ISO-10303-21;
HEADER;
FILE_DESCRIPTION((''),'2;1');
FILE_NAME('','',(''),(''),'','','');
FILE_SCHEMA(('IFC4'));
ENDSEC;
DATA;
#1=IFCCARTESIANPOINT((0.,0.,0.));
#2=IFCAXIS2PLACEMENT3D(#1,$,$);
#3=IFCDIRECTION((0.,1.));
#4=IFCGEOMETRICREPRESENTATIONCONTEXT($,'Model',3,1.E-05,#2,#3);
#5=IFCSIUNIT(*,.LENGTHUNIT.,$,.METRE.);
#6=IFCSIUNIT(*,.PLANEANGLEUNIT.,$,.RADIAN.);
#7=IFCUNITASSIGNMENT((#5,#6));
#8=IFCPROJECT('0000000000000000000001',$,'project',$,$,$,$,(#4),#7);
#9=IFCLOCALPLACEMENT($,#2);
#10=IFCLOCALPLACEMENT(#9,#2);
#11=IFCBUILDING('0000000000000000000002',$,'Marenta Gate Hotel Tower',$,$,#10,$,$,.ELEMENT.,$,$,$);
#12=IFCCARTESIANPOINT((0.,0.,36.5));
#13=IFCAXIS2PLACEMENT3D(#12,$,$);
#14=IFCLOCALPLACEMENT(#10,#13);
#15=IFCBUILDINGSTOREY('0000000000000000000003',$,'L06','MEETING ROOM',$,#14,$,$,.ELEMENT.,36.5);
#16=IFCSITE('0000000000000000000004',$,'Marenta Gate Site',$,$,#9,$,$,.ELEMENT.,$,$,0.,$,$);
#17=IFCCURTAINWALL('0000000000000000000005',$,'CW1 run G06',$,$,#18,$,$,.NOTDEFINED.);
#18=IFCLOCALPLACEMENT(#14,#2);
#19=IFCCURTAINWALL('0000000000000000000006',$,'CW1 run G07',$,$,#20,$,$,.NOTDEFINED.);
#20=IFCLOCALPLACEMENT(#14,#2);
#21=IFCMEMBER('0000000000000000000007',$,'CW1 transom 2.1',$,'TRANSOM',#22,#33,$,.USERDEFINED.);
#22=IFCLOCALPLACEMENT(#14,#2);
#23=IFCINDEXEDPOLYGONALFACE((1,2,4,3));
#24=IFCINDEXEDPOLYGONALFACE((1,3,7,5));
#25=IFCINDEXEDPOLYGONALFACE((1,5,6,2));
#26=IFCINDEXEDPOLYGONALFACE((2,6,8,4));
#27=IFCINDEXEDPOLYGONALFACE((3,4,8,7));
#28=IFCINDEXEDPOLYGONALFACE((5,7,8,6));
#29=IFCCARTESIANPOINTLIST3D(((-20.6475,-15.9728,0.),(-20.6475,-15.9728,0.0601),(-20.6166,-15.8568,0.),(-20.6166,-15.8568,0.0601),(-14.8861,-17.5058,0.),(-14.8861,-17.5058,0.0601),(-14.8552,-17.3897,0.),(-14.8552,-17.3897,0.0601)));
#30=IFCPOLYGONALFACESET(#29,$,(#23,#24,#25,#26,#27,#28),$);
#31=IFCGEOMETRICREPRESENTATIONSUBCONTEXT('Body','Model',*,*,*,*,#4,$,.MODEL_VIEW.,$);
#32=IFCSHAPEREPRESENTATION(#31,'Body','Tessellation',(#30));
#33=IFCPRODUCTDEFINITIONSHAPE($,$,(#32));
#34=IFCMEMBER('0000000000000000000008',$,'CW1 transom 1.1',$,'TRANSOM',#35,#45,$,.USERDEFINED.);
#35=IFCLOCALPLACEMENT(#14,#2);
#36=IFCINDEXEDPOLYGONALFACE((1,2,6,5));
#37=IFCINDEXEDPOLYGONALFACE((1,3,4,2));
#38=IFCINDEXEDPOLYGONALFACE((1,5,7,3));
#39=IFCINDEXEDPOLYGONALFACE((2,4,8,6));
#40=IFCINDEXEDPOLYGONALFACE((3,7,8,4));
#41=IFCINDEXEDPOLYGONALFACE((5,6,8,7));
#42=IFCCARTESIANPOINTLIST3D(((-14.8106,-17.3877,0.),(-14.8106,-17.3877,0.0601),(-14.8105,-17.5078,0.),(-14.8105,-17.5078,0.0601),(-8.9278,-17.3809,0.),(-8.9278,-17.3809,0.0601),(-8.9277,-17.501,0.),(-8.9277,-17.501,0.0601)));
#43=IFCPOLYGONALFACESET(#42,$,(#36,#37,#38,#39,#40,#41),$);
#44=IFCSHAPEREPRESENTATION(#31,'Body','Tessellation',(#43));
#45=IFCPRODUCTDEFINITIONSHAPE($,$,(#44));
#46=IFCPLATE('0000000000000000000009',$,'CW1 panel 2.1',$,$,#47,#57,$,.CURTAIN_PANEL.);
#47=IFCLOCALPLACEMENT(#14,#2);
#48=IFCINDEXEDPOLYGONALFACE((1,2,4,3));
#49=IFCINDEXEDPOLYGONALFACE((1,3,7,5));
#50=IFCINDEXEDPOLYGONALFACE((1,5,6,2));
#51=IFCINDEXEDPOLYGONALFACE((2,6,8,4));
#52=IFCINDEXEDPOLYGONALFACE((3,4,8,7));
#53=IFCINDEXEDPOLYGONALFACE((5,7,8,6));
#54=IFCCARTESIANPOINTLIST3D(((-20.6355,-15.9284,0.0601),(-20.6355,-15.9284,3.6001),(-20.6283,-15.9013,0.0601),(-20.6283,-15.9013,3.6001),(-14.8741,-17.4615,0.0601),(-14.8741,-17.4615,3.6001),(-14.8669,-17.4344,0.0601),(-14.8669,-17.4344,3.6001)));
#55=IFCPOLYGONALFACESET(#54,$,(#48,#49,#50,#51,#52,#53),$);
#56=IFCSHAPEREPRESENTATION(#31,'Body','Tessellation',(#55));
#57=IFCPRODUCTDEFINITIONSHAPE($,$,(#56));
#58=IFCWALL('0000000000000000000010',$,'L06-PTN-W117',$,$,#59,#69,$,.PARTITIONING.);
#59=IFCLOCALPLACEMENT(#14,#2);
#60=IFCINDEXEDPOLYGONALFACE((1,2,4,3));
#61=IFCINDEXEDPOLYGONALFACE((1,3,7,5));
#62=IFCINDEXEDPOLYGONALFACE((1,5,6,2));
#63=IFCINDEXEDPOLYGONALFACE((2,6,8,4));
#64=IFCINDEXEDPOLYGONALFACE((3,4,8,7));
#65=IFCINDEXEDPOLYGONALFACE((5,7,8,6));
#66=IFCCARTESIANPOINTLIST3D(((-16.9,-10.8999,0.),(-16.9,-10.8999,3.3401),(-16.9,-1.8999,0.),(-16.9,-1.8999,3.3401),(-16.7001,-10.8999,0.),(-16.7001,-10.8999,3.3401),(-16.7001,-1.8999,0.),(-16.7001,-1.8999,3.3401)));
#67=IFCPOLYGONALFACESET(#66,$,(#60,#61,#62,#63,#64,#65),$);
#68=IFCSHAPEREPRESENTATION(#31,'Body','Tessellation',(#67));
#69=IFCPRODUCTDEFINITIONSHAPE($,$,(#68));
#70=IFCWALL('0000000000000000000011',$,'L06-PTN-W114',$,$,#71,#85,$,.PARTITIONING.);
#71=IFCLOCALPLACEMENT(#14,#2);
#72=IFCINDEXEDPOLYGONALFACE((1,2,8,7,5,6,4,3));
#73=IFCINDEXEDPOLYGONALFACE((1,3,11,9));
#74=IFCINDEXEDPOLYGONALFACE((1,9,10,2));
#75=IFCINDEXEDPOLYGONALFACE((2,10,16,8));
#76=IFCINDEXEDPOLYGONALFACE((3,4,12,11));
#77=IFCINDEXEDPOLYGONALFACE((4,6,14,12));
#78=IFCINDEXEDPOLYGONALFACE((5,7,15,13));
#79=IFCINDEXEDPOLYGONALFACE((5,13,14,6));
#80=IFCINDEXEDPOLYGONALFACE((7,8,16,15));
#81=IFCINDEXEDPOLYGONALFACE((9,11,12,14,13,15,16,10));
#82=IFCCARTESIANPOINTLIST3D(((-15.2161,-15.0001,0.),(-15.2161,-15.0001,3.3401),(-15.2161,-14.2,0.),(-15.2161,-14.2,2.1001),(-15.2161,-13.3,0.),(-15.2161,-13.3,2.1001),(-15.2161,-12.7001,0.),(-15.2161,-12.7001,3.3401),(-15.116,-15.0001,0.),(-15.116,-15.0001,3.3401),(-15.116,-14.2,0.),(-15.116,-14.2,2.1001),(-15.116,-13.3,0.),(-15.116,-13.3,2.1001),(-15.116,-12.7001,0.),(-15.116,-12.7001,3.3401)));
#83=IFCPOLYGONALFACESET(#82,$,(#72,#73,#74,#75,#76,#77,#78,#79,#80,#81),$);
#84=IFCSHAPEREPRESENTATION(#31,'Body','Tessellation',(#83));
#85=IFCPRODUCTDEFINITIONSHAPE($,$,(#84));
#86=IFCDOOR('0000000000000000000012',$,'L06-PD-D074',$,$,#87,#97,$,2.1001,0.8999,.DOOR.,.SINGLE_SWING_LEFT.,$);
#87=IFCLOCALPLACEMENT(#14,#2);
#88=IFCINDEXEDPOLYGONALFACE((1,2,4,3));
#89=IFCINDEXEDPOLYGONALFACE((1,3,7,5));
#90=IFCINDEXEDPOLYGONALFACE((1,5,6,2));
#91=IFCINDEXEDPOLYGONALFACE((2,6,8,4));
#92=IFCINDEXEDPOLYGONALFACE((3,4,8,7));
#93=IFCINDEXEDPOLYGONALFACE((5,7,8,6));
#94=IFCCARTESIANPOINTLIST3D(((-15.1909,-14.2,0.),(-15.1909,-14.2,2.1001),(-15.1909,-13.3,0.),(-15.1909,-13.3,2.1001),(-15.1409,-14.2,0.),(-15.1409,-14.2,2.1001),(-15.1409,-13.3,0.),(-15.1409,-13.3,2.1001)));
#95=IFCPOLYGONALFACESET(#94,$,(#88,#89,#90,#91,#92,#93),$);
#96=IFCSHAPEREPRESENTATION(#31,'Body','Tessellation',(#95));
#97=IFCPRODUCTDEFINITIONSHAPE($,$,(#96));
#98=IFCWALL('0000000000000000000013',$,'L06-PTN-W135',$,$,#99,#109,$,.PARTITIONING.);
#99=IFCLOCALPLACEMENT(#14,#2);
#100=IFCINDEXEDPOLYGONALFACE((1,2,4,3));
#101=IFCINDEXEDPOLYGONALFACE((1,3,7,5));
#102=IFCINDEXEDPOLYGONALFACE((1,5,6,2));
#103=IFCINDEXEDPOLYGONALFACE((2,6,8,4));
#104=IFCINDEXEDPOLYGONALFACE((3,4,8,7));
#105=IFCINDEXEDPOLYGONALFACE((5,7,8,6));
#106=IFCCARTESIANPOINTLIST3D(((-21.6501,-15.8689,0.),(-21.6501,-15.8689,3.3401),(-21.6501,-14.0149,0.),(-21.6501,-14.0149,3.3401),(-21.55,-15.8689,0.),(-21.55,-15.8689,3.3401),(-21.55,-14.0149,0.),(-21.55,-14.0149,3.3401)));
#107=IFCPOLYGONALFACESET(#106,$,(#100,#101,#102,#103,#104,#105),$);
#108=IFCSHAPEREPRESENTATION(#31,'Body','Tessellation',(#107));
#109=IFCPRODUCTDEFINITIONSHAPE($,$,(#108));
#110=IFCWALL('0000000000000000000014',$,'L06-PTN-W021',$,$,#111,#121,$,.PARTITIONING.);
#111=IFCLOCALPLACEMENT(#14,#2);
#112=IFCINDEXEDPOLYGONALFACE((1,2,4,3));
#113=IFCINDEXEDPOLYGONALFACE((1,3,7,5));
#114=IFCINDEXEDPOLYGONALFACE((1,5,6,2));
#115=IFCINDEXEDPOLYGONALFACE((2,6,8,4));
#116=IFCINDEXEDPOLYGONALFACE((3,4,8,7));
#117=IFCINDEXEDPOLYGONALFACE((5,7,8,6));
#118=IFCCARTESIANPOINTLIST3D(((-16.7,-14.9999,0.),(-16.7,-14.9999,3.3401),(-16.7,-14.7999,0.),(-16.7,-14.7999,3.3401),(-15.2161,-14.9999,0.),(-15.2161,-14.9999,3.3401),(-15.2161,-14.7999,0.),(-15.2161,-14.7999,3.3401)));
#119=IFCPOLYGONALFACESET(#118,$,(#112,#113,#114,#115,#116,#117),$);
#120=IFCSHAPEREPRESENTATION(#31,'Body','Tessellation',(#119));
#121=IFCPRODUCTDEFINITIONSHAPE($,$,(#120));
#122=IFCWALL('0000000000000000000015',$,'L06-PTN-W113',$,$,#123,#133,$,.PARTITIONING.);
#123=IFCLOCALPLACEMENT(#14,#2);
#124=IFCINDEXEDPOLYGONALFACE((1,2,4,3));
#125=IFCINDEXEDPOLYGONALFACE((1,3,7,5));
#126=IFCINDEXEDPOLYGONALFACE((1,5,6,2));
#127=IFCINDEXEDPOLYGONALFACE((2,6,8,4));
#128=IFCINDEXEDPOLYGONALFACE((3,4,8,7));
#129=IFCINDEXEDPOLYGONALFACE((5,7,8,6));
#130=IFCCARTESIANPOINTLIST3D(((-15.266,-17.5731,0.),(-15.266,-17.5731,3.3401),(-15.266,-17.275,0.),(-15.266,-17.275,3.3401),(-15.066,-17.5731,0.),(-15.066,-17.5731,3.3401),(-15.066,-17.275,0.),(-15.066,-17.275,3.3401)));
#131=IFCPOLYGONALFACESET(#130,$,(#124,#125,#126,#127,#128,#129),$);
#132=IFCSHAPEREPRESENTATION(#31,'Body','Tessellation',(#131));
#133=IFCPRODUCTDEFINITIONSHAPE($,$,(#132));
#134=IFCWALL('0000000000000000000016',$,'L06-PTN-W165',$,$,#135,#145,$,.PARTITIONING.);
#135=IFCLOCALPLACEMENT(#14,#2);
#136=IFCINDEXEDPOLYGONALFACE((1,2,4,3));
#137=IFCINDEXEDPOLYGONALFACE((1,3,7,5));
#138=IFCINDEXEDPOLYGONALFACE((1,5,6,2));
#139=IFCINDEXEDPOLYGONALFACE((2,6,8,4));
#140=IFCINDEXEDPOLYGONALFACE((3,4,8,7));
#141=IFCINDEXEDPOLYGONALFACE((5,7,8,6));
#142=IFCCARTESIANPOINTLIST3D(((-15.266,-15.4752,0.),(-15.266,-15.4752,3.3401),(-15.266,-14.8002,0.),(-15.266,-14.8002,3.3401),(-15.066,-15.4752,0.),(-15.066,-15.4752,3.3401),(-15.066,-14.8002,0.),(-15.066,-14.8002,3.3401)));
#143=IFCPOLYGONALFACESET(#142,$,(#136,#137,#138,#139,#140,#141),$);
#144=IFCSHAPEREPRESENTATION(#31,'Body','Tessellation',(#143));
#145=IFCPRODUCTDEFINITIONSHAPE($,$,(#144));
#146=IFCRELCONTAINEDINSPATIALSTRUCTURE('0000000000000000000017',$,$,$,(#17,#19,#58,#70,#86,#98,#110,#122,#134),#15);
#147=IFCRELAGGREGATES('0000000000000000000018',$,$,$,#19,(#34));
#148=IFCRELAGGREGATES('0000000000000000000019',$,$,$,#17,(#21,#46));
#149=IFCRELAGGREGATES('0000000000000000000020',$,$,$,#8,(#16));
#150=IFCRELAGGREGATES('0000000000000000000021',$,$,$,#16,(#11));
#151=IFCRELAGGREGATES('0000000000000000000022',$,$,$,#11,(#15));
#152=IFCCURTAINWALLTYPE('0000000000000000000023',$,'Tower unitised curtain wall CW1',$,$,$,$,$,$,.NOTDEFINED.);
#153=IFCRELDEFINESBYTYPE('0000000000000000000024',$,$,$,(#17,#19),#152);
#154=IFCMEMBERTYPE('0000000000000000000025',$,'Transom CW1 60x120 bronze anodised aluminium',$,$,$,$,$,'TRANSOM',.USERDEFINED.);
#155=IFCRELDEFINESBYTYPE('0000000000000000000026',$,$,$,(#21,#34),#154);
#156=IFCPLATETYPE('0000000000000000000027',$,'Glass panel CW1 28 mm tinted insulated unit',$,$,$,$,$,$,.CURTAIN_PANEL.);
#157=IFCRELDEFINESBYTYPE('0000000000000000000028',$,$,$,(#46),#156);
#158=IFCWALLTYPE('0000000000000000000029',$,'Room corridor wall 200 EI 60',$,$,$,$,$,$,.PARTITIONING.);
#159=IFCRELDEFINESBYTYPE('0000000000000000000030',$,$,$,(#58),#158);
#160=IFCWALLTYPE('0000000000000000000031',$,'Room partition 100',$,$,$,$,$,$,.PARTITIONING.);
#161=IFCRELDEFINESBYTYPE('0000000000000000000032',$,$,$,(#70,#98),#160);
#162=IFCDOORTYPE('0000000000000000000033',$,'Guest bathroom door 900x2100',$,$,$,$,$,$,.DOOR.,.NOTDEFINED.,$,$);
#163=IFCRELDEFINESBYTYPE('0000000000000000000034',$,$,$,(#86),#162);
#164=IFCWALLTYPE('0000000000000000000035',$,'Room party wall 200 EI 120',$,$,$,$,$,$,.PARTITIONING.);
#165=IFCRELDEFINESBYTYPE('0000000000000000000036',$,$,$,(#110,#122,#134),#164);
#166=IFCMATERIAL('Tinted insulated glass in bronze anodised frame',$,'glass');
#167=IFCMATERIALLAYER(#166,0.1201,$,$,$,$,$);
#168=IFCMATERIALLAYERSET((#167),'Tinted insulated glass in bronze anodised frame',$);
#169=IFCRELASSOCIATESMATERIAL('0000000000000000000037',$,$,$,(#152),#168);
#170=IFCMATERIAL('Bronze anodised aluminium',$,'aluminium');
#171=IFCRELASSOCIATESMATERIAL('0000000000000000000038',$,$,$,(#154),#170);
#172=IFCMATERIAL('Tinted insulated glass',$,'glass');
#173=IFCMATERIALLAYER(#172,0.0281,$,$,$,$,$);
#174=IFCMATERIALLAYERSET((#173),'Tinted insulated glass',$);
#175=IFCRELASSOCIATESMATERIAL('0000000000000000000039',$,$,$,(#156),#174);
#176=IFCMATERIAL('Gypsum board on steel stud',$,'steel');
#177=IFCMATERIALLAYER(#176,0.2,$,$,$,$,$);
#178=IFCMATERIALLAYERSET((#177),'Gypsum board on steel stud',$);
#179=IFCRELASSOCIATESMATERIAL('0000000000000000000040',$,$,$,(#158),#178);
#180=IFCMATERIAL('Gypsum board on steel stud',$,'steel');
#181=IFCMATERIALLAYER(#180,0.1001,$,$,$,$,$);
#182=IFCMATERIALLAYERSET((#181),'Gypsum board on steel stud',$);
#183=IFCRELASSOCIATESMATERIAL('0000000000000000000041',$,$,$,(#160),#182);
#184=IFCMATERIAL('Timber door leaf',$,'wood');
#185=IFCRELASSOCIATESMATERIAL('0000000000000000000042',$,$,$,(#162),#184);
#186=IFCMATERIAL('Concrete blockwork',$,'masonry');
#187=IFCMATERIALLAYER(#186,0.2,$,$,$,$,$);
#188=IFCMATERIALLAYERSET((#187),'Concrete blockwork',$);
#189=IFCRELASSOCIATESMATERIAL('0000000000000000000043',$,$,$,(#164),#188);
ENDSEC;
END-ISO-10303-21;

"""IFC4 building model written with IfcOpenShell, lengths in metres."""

from ifc_helpers import new_model, si_unit, direction, frame, frame_2d, origin, origin_2d, place, context, subcontext, project, spatial, rectangle, extrude, material, layer, layer_set, material_profile, profile_set, type_object, element, fill, aggregate, save


model = new_model("IFC4")

# Units and contexts
model_context = context("Model", 3, precision=1e-05, world=origin(), true_north=direction((0.0, 1.0)))
body_context = subcontext(model_context, "Body", "Model", "MODEL_VIEW")
ifc_project = project(units=[si_unit("LENGTHUNIT", "METRE"), si_unit("PLANEANGLEUNIT", "RADIAN")], contexts=[model_context])

# Site, building, storey
site_placement = place(None, origin())
site = spatial("IfcSite", under=ifc_project, at=site_placement, Name="Marenta Gate Site", CompositionType="ELEMENT", RefElevation=0.0)
building_placement = place(site_placement, origin())
building = spatial("IfcBuilding", under=site, at=building_placement, Name="Marenta Gate Hotel Tower", CompositionType="ELEMENT")
storey_placement = place(building_placement, frame((0.0, 0.0, 36.5)))
storey = spatial("IfcBuildingStorey", under=building, at=storey_placement, Name="L06", Description="MEETING ROOM", CompositionType="ELEMENT", Elevation=36.5)

# Curtain walls
ifc_material_1 = material(Name="Tinted insulated glass in bronze anodised frame", Category="glass")
ifc_layer_1 = layer(ifc_material_1, 0.1201)
ifc_layer_set_1 = layer_set([ifc_layer_1], Name="Tinted insulated glass in bronze anodised frame")
curtain_wall_type = type_object("IfcCurtainWallType", Name="Tower unitised curtain wall CW1", PredefinedType="NOTDEFINED", material=ifc_layer_set_1)
curtain_wall_1_placement = place(storey_placement, origin())
curtain_wall_1 = element("IfcCurtainWall", 1, at=curtain_wall_1_placement, inside=storey, type_object=curtain_wall_type, Name="CW1 run G06", PredefinedType="NOTDEFINED")
curtain_wall_2_placement = place(storey_placement, origin())
curtain_wall_2 = element("IfcCurtainWall", 2, at=curtain_wall_2_placement, inside=storey, type_object=curtain_wall_type, Name="CW1 run G07", PredefinedType="NOTDEFINED")

# Members
ifc_material_2 = material(Name="Bronze anodised aluminium", Category="aluminium")
ifc_material_profile_1 = material_profile(ifc_material_2, rectangle(XDim=0.1201, YDim=0.0601, at=origin_2d()), Name="Transom CW1 60x120 bronze anodised aluminium")
ifc_profile_set_1 = profile_set([ifc_material_profile_1], Name="Bronze anodised aluminium")
member_type_1 = type_object("IfcMemberType", Name="Transom CW1 60x120 bronze anodised aluminium", ElementType="TRANSOM", PredefinedType="USERDEFINED", material=ifc_profile_set_1)
member_1_placement = place(storey_placement, frame((-20.6321, -15.9148, 0.03), z_axis=(0.966378, -0.257125, 0.0), x_axis=(0.257125, 0.966378, 0.0)))
member_1 = element("IfcMember", 3, at=member_1_placement, type_object=member_type_1, Name="CW1 transom 2.1", ObjectType="TRANSOM", PredefinedType="USERDEFINED", context=body_context, shape_type="SweptSolid", body=[
    extrude(rectangle(XDim=0.1201, YDim=0.0601, at=origin_2d()), origin(), (0.0, 0.0, 1.0), 5.9619),
])
member_2_placement = place(storey_placement, frame((-14.8105, -17.4478, 0.03), z_axis=(0.999999, 0.001162, 0.0), x_axis=(-0.001162, 0.999999, 0.0)))
member_2 = element("IfcMember", 4, at=member_2_placement, type_object=member_type_1, Name="CW1 transom 1.1", ObjectType="TRANSOM", PredefinedType="USERDEFINED", context=body_context, shape_type="SweptSolid", body=[
    extrude(rectangle(XDim=0.1201, YDim=0.0601, at=origin_2d()), origin(), (0.0, 0.0, 1.0), 5.8828),
])
aggregate(curtain_wall_2, [member_2])

# Plate
ifc_material_3 = material(Name="Tinted insulated glass", Category="glass")
ifc_layer_2 = layer(ifc_material_3, 0.0281)
ifc_layer_set_2 = layer_set([ifc_layer_2], Name="Tinted insulated glass")
plate_type = type_object("IfcPlateType", Name="Glass panel CW1 28 mm tinted insulated unit", PredefinedType="CURTAIN_PANEL", material=ifc_layer_set_2)
plate_placement = place(storey_placement, frame((-17.7512, -16.6814, 0.0601), z_axis=(0.0, 0.0, 1.0), x_axis=(0.966374, -0.257142, 0.0)))
plate = element("IfcPlate", 5, at=plate_placement, type_object=plate_type, Name="CW1 panel 2.1", PredefinedType="CURTAIN_PANEL", context=body_context, shape_type="SweptSolid", body=[
    extrude(rectangle(XDim=5.9619, YDim=0.0281, at=origin_2d()), origin(), (0.0, 0.0, 1.0), 3.54),
])
aggregate(curtain_wall_1, [member_1, plate])

# Shared definitions
ifc_material_4 = material(Name="Gypsum board on steel stud", Category="steel")
ifc_layer_3 = layer(ifc_material_4, 0.2)
ifc_layer_set_3 = layer_set([ifc_layer_3], Name="Gypsum board on steel stud")
wall_type_1 = type_object("IfcWallType", Name="Room corridor wall 200 EI 60", PredefinedType="PARTITIONING", material=ifc_layer_set_3)

# Wall
wall_1_placement = place(storey_placement, frame((-16.8, -10.8999, 0.0), z_axis=(0.0, 0.0, 1.0), x_axis=(0.0, 1.0, 0.0)))
element("IfcWall", 6, at=wall_1_placement, inside=storey, type_object=wall_type_1, Name="L06-PTN-W117", PredefinedType="PARTITIONING", context=body_context, shape_type="SweptSolid", body=[
    extrude(rectangle(XDim=9.0, YDim=0.2, at=frame_2d((4.5, 0.0))), origin(), (0.0, 0.0, 1.0), 3.3401),
])

# Wall, opening, door
ifc_material_5 = material(Name="Gypsum board on steel stud", Category="steel")
ifc_layer_4 = layer(ifc_material_5, 0.1001)
ifc_layer_set_4 = layer_set([ifc_layer_4], Name="Gypsum board on steel stud")
wall_type_2 = type_object("IfcWallType", Name="Room partition 100", PredefinedType="PARTITIONING", material=ifc_layer_set_4)
wall_2_placement = place(storey_placement, frame((-15.166, -15.0, 0.0), z_axis=(0.0, 0.0, 1.0), x_axis=(0.0, 1.0, 0.0)))
wall_2 = element("IfcWall", 7, at=wall_2_placement, inside=storey, type_object=wall_type_2, Name="L06-PTN-W114", PredefinedType="PARTITIONING", context=body_context, shape_type="SweptSolid", body=[
    extrude(rectangle(XDim=2.3, YDim=0.1001, at=frame_2d((1.1499, 0.0))), origin(), (0.0, 0.0, 1.0), 3.3401),
])
opening_1_placement = place(wall_2_placement, frame((0.8, 0.0, 0.0)))
opening_1 = element("IfcOpeningElement", 8, at=opening_1_placement, cuts=wall_2, PredefinedType="OPENING", context=body_context, shape_type="SweptSolid", body=[
    extrude(rectangle(XDim=0.8999, YDim=2.1001, at=frame_2d((0.45, 1.05))), frame((0.0, 0.05, 0.0), z_axis=(0.0, -1.0, 0.0), x_axis=(1.0, 0.0, 0.0)), (0.0, 0.0, 1.0), 0.1001),
])
ifc_material_6 = material(Name="Timber door leaf", Category="wood")
door_type_1 = type_object("IfcDoorType", Name="Guest bathroom door 900x2100", OperationType="NOTDEFINED", PredefinedType="DOOR", material=ifc_material_6)
door_1_placement = place(opening_1_placement, origin())
door_1 = element("IfcDoor", 9, at=door_1_placement, inside=storey, type_object=door_type_1, Name="L06-PD-D074", OperationType="SINGLE_SWING_LEFT", OverallHeight=2.1001, OverallWidth=0.8999, PredefinedType="DOOR", context=body_context, shape_type="SweptSolid", body=[
    extrude(rectangle(XDim=0.8999, YDim=2.1001, at=frame_2d((0.45, 1.05))), frame((0.0, 0.0249, 0.0), z_axis=(0.0, -1.0, 0.0), x_axis=(1.0, 0.0, 0.0)), (0.0, 0.0, 1.0), 0.05),
])
fill(opening_1, door_1)

# Walls
wall_3_placement = place(storey_placement, frame((-21.6001, -15.8689, 0.0), z_axis=(0.0, 0.0, 1.0), x_axis=(0.0, 1.0, 0.0)))
element("IfcWall", 10, at=wall_3_placement, inside=storey, type_object=wall_type_2, Name="L06-PTN-W135", PredefinedType="PARTITIONING", context=body_context, shape_type="SweptSolid", body=[
    extrude(rectangle(XDim=1.854, YDim=0.1001, at=frame_2d((0.927, 0.0))), origin(), (0.0, 0.0, 1.0), 3.3401),
])
ifc_material_7 = material(Name="Concrete blockwork", Category="masonry")
ifc_layer_5 = layer(ifc_material_7, 0.2)
ifc_layer_set_5 = layer_set([ifc_layer_5], Name="Concrete blockwork")
wall_type_3 = type_object("IfcWallType", Name="Room party wall 200 EI 120", PredefinedType="PARTITIONING", material=ifc_layer_set_5)
wall_4_placement = place(storey_placement, frame((-16.7, -14.8999, 0.0), z_axis=(0.0, 0.0, 1.0), x_axis=(1.0, 0.0, 0.0)))
element("IfcWall", 11, at=wall_4_placement, inside=storey, type_object=wall_type_3, Name="L06-PTN-W021", PredefinedType="PARTITIONING", context=body_context, shape_type="SweptSolid", body=[
    extrude(rectangle(XDim=1.4839, YDim=0.2, at=frame_2d((0.7419, 0.0))), origin(), (0.0, 0.0, 1.0), 3.3401),
])
wall_5_placement = place(storey_placement, frame((-15.166, -17.573, 0.0), z_axis=(0.0, 0.0, 1.0), x_axis=(0.0, 1.0, 0.0)))
element("IfcWall", 12, at=wall_5_placement, inside=storey, type_object=wall_type_3, Name="L06-PTN-W113", PredefinedType="PARTITIONING", context=body_context, shape_type="SweptSolid", body=[
    extrude(rectangle(XDim=0.2981, YDim=0.2, at=frame_2d((0.1489, 0.0))), origin(), (0.0, 0.0, 1.0), 3.3401),
])
wall_6_placement = place(storey_placement, frame((-15.166, -15.4751, 0.0), z_axis=(0.0, 0.0, 1.0), x_axis=(0.0, 1.0, 0.0)))
element("IfcWall", 13, at=wall_6_placement, inside=storey, type_object=wall_type_3, Name="L06-PTN-W165", PredefinedType="PARTITIONING", context=body_context, shape_type="SweptSolid", body=[
    extrude(rectangle(XDim=0.675, YDim=0.2, at=frame_2d((0.3374, 0.0))), origin(), (0.0, 0.0, 1.0), 3.3401),
])

save(model, "model.ifc")
